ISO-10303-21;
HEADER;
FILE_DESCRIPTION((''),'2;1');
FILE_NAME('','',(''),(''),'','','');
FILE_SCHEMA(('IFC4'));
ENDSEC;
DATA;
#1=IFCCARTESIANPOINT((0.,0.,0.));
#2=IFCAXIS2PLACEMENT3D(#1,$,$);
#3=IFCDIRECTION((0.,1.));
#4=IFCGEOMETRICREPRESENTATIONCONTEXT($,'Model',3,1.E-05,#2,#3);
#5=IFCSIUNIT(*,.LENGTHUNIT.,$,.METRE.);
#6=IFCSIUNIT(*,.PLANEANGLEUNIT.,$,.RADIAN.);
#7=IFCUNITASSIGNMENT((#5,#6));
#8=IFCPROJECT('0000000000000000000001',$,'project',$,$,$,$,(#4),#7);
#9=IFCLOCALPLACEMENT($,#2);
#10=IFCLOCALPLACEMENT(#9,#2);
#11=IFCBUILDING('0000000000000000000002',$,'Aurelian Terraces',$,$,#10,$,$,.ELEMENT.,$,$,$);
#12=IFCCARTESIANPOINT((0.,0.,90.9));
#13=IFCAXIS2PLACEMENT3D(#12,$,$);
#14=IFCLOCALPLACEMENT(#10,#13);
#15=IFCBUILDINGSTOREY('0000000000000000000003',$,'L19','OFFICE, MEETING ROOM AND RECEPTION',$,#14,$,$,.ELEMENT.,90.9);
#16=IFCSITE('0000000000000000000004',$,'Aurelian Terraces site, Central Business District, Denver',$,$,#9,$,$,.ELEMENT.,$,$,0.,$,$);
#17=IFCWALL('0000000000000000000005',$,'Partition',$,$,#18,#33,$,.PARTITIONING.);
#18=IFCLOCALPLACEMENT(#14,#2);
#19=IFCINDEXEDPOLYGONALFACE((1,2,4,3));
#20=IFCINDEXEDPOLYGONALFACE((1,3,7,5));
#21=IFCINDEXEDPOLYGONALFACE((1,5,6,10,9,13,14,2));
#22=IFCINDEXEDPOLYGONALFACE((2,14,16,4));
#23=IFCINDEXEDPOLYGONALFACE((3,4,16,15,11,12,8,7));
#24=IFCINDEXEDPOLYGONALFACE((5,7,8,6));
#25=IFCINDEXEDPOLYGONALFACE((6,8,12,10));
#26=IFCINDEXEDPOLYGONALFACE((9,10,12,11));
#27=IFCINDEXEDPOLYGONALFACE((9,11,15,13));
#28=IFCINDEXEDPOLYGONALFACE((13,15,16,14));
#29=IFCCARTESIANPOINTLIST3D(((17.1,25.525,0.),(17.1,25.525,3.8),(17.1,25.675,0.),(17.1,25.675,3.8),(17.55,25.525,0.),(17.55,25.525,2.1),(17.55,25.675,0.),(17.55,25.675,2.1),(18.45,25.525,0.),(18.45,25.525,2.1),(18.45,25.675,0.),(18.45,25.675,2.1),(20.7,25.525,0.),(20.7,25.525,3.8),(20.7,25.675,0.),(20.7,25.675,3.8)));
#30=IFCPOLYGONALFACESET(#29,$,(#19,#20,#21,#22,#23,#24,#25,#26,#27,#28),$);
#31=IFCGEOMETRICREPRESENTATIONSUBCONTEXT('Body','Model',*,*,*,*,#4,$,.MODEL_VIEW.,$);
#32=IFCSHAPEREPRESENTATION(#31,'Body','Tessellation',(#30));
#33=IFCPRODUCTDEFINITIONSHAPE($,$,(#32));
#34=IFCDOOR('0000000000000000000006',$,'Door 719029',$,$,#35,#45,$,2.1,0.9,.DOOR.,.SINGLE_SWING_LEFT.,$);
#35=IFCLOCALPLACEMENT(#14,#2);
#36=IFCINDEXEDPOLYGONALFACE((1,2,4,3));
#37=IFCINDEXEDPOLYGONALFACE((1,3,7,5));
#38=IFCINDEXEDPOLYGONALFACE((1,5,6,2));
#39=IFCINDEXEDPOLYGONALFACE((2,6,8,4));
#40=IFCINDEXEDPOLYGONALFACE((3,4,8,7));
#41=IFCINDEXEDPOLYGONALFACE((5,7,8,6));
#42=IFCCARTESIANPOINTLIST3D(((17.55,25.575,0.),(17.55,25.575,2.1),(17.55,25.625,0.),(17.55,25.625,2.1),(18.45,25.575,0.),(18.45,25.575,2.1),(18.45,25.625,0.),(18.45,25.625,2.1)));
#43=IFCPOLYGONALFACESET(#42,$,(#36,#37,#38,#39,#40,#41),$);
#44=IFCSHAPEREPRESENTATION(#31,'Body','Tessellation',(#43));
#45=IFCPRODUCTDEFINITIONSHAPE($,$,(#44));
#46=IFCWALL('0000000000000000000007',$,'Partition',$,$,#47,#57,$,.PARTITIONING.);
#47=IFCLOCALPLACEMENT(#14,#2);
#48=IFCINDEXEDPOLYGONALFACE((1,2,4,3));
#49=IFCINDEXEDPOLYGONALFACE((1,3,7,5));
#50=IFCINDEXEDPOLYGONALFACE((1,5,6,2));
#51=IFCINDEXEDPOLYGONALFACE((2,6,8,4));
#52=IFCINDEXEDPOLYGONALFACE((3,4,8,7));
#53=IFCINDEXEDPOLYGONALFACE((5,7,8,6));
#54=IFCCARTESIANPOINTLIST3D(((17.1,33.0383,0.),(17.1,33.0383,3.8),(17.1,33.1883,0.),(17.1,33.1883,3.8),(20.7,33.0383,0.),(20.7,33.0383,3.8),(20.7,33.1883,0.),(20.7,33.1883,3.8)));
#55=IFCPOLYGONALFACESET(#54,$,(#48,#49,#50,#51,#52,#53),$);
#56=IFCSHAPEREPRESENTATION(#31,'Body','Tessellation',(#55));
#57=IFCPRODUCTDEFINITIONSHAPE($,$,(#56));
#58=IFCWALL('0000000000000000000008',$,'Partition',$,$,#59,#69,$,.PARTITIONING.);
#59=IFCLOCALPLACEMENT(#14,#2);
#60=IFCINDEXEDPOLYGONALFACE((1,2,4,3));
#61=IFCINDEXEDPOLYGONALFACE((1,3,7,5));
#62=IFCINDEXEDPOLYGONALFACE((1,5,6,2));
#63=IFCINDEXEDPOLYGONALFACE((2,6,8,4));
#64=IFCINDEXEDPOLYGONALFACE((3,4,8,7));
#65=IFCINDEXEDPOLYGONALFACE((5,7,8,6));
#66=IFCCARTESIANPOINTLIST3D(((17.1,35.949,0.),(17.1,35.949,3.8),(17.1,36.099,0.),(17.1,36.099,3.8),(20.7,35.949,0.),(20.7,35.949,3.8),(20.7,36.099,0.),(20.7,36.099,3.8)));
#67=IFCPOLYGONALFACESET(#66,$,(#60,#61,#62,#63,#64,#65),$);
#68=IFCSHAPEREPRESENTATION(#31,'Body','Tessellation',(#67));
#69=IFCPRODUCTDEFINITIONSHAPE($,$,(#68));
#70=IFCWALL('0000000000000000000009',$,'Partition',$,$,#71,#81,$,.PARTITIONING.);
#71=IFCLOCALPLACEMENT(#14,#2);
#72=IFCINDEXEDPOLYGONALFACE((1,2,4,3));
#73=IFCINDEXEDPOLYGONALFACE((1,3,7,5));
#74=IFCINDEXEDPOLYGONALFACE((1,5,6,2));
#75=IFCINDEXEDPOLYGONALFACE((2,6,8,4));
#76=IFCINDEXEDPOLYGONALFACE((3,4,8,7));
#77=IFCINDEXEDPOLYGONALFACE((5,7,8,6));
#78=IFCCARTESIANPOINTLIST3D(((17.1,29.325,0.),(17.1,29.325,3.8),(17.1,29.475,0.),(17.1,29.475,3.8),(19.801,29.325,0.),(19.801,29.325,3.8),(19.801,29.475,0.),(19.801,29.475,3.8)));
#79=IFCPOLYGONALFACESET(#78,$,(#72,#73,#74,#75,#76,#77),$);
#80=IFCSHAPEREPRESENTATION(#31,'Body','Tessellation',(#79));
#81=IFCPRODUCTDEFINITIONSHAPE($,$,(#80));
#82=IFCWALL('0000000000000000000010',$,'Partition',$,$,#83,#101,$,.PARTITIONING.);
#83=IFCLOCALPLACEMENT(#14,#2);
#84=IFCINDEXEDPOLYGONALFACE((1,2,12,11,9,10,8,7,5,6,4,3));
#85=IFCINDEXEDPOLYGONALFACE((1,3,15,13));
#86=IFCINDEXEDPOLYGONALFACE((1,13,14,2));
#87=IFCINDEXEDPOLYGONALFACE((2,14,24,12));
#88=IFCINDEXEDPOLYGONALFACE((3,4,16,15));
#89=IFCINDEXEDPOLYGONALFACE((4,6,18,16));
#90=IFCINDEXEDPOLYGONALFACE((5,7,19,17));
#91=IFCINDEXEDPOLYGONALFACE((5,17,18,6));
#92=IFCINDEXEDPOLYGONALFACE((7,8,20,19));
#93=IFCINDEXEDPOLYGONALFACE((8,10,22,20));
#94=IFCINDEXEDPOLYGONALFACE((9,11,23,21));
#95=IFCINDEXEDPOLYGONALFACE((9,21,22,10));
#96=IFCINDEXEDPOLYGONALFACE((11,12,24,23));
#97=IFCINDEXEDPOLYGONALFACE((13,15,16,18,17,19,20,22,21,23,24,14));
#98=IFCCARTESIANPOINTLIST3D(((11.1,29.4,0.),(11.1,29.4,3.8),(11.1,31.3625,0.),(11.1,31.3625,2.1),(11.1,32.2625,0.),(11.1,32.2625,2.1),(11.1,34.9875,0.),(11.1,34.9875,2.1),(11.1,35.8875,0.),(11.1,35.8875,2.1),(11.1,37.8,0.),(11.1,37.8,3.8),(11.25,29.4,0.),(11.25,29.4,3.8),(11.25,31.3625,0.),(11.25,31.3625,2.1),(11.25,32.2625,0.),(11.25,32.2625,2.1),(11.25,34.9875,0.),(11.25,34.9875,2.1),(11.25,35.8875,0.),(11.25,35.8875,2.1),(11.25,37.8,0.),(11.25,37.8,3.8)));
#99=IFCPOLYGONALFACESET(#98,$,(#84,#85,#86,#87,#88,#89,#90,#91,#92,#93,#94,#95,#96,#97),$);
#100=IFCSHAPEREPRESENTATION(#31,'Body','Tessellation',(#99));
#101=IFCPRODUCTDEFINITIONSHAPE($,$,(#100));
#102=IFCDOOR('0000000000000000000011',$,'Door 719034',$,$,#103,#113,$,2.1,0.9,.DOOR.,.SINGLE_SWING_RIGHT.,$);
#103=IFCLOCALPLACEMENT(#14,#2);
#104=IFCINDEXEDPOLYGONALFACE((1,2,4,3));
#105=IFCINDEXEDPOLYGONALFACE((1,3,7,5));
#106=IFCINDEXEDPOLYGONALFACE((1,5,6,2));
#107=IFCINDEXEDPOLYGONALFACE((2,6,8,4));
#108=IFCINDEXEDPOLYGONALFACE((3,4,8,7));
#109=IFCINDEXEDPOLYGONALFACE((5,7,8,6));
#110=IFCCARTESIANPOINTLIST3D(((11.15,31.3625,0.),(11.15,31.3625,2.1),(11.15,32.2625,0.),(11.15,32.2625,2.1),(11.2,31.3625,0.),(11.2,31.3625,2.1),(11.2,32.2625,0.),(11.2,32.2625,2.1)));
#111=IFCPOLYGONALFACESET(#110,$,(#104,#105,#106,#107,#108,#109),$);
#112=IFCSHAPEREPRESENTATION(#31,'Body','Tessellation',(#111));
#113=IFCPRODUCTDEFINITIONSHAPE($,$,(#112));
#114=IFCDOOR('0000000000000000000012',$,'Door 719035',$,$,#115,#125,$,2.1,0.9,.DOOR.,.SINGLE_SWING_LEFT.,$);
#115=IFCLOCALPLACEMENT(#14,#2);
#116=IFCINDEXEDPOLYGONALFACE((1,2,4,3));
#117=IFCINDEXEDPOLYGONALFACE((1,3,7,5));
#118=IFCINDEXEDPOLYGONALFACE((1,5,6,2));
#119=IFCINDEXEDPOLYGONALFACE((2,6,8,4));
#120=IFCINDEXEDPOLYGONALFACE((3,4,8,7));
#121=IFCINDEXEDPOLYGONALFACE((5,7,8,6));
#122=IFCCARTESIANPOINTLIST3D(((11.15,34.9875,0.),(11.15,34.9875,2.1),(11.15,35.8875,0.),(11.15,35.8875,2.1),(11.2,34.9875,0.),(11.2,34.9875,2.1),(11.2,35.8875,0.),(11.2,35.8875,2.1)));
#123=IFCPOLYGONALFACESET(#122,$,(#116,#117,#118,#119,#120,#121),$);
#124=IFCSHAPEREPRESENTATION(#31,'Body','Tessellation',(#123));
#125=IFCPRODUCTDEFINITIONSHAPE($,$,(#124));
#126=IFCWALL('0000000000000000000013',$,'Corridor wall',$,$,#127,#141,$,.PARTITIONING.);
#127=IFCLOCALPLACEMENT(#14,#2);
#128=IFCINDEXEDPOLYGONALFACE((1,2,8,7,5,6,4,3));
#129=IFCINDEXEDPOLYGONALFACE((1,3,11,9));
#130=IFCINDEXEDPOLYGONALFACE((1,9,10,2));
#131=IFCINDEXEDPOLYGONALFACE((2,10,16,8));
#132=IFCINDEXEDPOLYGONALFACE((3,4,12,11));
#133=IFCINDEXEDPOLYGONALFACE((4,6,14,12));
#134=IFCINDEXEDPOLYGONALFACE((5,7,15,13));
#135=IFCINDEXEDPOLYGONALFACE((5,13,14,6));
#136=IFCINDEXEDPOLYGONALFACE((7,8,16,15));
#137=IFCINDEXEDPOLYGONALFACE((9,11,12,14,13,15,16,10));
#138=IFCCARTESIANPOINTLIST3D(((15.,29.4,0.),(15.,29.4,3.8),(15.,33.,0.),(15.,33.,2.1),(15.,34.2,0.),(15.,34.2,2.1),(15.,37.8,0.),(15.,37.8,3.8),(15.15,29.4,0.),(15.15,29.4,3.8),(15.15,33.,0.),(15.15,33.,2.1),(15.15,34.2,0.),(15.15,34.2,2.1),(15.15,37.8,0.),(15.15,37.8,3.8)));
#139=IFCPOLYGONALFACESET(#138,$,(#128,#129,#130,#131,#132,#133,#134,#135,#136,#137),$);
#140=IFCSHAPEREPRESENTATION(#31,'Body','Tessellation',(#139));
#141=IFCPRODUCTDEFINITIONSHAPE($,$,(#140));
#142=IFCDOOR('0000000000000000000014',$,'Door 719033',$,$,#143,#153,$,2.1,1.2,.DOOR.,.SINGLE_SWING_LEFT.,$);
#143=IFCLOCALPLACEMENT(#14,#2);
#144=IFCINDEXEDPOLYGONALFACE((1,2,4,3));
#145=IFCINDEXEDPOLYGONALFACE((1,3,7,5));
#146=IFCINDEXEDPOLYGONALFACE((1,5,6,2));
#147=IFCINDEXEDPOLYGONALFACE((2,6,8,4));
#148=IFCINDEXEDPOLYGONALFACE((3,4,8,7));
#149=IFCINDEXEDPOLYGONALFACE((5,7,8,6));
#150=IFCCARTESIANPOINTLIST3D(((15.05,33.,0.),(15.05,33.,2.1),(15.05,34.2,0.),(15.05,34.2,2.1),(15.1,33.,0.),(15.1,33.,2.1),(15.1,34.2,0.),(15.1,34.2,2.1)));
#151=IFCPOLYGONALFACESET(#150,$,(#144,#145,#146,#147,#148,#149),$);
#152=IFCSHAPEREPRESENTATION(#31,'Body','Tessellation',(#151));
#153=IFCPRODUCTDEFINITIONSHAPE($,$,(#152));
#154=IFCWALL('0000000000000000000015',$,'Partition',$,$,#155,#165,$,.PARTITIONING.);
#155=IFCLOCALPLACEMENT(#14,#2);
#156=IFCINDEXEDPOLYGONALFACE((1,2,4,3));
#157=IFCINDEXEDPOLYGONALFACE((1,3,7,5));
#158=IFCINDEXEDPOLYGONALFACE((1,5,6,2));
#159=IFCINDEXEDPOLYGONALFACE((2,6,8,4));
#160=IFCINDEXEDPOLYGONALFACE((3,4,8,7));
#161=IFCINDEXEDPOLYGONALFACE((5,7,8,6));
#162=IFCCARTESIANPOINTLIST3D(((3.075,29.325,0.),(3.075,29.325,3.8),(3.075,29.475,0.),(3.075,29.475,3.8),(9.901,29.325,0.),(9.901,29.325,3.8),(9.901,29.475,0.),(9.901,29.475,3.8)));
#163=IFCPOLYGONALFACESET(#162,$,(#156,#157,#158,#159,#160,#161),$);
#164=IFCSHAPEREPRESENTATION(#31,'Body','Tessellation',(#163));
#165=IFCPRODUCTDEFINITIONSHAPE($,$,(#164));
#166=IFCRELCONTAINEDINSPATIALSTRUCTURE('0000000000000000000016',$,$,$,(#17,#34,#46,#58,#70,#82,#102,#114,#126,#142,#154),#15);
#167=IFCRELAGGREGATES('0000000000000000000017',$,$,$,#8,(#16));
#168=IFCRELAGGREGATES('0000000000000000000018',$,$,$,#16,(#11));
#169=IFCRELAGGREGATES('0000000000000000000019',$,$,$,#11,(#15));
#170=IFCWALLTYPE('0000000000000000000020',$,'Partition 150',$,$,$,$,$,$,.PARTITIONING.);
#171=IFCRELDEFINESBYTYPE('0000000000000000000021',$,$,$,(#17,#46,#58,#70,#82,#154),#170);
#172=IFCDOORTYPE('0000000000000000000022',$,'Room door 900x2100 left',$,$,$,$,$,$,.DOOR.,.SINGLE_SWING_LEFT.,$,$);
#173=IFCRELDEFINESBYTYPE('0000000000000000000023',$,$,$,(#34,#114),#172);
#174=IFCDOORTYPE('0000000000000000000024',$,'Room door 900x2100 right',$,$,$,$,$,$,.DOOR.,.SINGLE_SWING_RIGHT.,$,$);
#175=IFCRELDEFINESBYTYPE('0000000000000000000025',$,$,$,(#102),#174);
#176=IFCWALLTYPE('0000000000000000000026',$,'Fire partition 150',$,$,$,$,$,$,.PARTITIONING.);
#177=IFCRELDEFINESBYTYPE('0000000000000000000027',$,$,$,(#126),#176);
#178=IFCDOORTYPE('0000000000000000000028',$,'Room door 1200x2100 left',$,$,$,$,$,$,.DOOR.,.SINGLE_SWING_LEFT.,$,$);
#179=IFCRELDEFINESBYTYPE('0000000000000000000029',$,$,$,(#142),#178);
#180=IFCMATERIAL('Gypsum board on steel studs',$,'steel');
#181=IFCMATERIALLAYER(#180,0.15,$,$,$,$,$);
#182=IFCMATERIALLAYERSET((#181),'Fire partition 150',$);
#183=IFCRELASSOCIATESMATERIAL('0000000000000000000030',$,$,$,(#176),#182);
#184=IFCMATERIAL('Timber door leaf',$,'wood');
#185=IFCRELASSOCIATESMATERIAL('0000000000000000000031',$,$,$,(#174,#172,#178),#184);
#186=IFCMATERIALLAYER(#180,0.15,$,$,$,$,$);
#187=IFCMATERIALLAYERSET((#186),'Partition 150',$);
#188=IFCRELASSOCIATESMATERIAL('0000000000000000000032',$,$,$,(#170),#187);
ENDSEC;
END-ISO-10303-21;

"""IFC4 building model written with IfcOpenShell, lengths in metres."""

from ifc_helpers import new_model, si_unit, direction, frame, frame_2d, origin, place, context, subcontext, project, spatial, rectangle, extrude, source, transform, mapped, material, layer, layer_set, type_object, element, fill, save


model = new_model("IFC4")

# Units and contexts
model_context = context("Model", 3, precision=1e-05, world=origin(), true_north=direction((0.0, 1.0)))
body_context = subcontext(model_context, "Body", "Model", "MODEL_VIEW")
ifc_project = project(units=[si_unit("LENGTHUNIT", "METRE"), si_unit("PLANEANGLEUNIT", "RADIAN")], contexts=[model_context])

# Site, building, storey
site_placement = place(None, origin())
site = spatial("IfcSite", under=ifc_project, at=site_placement, Name="Aurelian Terraces site, Central Business District, Denver", CompositionType="ELEMENT", RefElevation=0.0)
building_placement = place(site_placement, origin())
building = spatial("IfcBuilding", under=site, at=building_placement, Name="Aurelian Terraces", CompositionType="ELEMENT")
storey_placement = place(building_placement, frame((0.0, 0.0, 90.9)))
storey = spatial("IfcBuildingStorey", under=building, at=storey_placement, Name="L19", Description="OFFICE, MEETING ROOM AND RECEPTION", CompositionType="ELEMENT", Elevation=90.9)

# Shared definitions
ifc_material_1 = material(Name="Gypsum board on steel studs", Category="steel")
shared_shape_1 = source(origin(), body_context, "Body", "SweptSolid", [
    extrude(rectangle(XDim=0.9, YDim=2.1, at=frame_2d((0.45, 1.05))), frame((0.0, 0.025, 0.0), z_axis=(0.0, -1.0, 0.0), x_axis=(1.0, 0.0, 0.0)), (0.0, 0.0, 1.0), 0.05),
])
shared_shape_2 = source(origin(), body_context, "Body", "SweptSolid", [
    extrude(rectangle(XDim=1.2, YDim=2.1, at=frame_2d((0.6, 1.05))), frame((0.0, 0.025, 0.0), z_axis=(0.0, -1.0, 0.0), x_axis=(1.0, 0.0, 0.0)), (0.0, 0.0, 1.0), 0.05),
])

# Shared definitions
ifc_layer_1 = layer(ifc_material_1, 0.15)
ifc_layer_set_1 = layer_set([ifc_layer_1], Name="Fire partition 150")
wall_type_1 = type_object("IfcWallType", Name="Fire partition 150", PredefinedType="PARTITIONING", material=ifc_layer_set_1)
shared_shape_3 = source(origin(), body_context, "Body", "SweptSolid", [
    extrude(rectangle(XDim=0.9, YDim=2.1, at=frame_2d((0.45, 1.05))), frame((0.0, 0.085, 0.0), z_axis=(0.0, -1.0, 0.0), x_axis=(1.0, 0.0, 0.0)), (0.0, 0.0, 1.0), 0.17),
])
ifc_material_2 = material(Name="Timber door leaf", Category="wood")
door_type_1 = type_object("IfcDoorType", Name="Room door 900x2100 right", OperationType="SINGLE_SWING_RIGHT", PredefinedType="DOOR", material=ifc_material_2)

# Shared definitions
ifc_layer_2 = layer(ifc_material_1, 0.15)
ifc_layer_set_2 = layer_set([ifc_layer_2], Name="Partition 150")
wall_type_2 = type_object("IfcWallType", Name="Partition 150", PredefinedType="PARTITIONING", material=ifc_layer_set_2)

# Wall, opening, door
shared_shape_4 = source(origin(), body_context, "Body", "SweptSolid", [
    extrude(rectangle(XDim=3.6, YDim=0.15, at=frame_2d((1.8, 0.0))), origin(), (0.0, 0.0, 1.0), 3.8),
])
wall_1_placement = place(storey_placement, frame((17.1, 25.6, 0.0), z_axis=(0.0, 0.0, 1.0), x_axis=(1.0, 0.0, 0.0)))
wall_1 = element("IfcWall", 1, at=wall_1_placement, inside=storey, type_object=wall_type_2, Name="Partition", PredefinedType="PARTITIONING", context=body_context, shape_type="MappedRepresentation", body=[
    mapped(shared_shape_4, transform((0.0, 0.0, 0.0), scale=1.0)),
])
opening_1_placement = place(wall_1_placement, frame((0.45, 0.0, 0.0)))
opening_1 = element("IfcOpeningElement", 2, at=opening_1_placement, cuts=wall_1, PredefinedType="OPENING", context=body_context, shape_type="MappedRepresentation", body=[
    mapped(shared_shape_3, transform((0.0, 0.0, 0.0), scale=1.0)),
])
door_type_2 = type_object("IfcDoorType", Name="Room door 900x2100 left", OperationType="SINGLE_SWING_LEFT", PredefinedType="DOOR", material=ifc_material_2)
door_1_placement = place(opening_1_placement, origin())
door_1 = element("IfcDoor", 3, at=door_1_placement, inside=storey, type_object=door_type_2, Name="Door 719029", OperationType="SINGLE_SWING_LEFT", OverallHeight=2.1, OverallWidth=0.9, PredefinedType="DOOR", context=body_context, shape_type="MappedRepresentation", body=[
    mapped(shared_shape_1, transform((0.0, 0.0, 0.0), scale=1.0)),
])
fill(opening_1, door_1)

# Walls
for number, where, z_axis, x_axis, name in (
    (4, (17.1, 33.1133, 0.0), (0.0, 0.0, 1.0), (1.0, 0.0, 0.0), "Partition"),
    (5, (17.1, 36.024, 0.0), (0.0, 0.0, 1.0), (1.0, 0.0, 0.0), "Partition"),
):
    element("IfcWall", number, at=place(storey_placement, frame(where, z_axis=z_axis, x_axis=x_axis)), inside=storey, type_object=wall_type_2, Name=name, PredefinedType="PARTITIONING", context=body_context, shape_type="MappedRepresentation", body=[
        mapped(shared_shape_4, transform((0.0, 0.0, 0.0), scale=1.0)),
    ])
shared_shape_5 = source(origin(), body_context, "Body", "SweptSolid", [
    extrude(rectangle(XDim=2.701, YDim=0.15, at=frame_2d((1.3505, 0.0))), origin(), (0.0, 0.0, 1.0), 3.8),
])
wall_2_placement = place(storey_placement, frame((19.801, 29.4, 0.0), z_axis=(0.0, 0.0, 1.0), x_axis=(-1.0, 0.0, 0.0)))
element("IfcWall", 6, at=wall_2_placement, inside=storey, type_object=wall_type_2, Name="Partition", PredefinedType="PARTITIONING", context=body_context, shape_type="MappedRepresentation", body=[
    mapped(shared_shape_5, transform((0.0, 0.0, 0.0), scale=1.0)),
])

# Wall, openings, doors
shared_shape_6 = source(origin(), body_context, "Body", "SweptSolid", [
    extrude(rectangle(XDim=8.4, YDim=0.15, at=frame_2d((4.2, 0.0))), origin(), (0.0, 0.0, 1.0), 3.8),
])
wall_3_placement = place(storey_placement, frame((11.175, 29.4, 0.0), z_axis=(0.0, 0.0, 1.0), x_axis=(0.0, 1.0, 0.0)))
wall_3 = element("IfcWall", 7, at=wall_3_placement, inside=storey, type_object=wall_type_2, Name="Partition", PredefinedType="PARTITIONING", context=body_context, shape_type="MappedRepresentation", body=[
    mapped(shared_shape_6, transform((0.0, 0.0, 0.0), scale=1.0)),
])
opening_2_placement = place(wall_3_placement, frame((1.9625, 0.0, 0.0)))
opening_2 = element("IfcOpeningElement", 8, at=opening_2_placement, cuts=wall_3, PredefinedType="OPENING", context=body_context, shape_type="MappedRepresentation", body=[
    mapped(shared_shape_3, transform((0.0, 0.0, 0.0), scale=1.0)),
])
opening_3_placement = place(wall_3_placement, frame((5.5875, 0.0, 0.0)))
opening_3 = element("IfcOpeningElement", 9, at=opening_3_placement, cuts=wall_3, PredefinedType="OPENING", context=body_context, shape_type="MappedRepresentation", body=[
    mapped(shared_shape_3, transform((0.0, 0.0, 0.0), scale=1.0)),
])
door_2_placement = place(opening_2_placement, origin())
door_2 = element("IfcDoor", 10, at=door_2_placement, inside=storey, type_object=door_type_1, Name="Door 719034", OperationType="SINGLE_SWING_RIGHT", OverallHeight=2.1, OverallWidth=0.9, PredefinedType="DOOR", context=body_context, shape_type="MappedRepresentation", body=[
    mapped(shared_shape_1, transform((0.0, 0.0, 0.0), scale=1.0)),
])
fill(opening_2, door_2)
door_3_placement = place(opening_3_placement, origin())
door_3 = element("IfcDoor", 11, at=door_3_placement, inside=storey, type_object=door_type_2, Name="Door 719035", OperationType="SINGLE_SWING_LEFT", OverallHeight=2.1, OverallWidth=0.9, PredefinedType="DOOR", context=body_context, shape_type="MappedRepresentation", body=[
    mapped(shared_shape_1, transform((0.0, 0.0, 0.0), scale=1.0)),
])
fill(opening_3, door_3)

# Wall, opening, door
wall_4_placement = place(storey_placement, frame((15.075, 29.4, 0.0), z_axis=(0.0, 0.0, 1.0), x_axis=(0.0, 1.0, 0.0)))
wall_4 = element("IfcWall", 12, at=wall_4_placement, inside=storey, type_object=wall_type_1, Name="Corridor wall", PredefinedType="PARTITIONING", context=body_context, shape_type="MappedRepresentation", body=[
    mapped(shared_shape_6, transform((0.0, 0.0, 0.0), scale=1.0)),
])
shared_shape_7 = source(origin(), body_context, "Body", "SweptSolid", [
    extrude(rectangle(XDim=1.2, YDim=2.1, at=frame_2d((0.6, 1.05))), frame((0.0, 0.085, 0.0), z_axis=(0.0, -1.0, 0.0), x_axis=(1.0, 0.0, 0.0)), (0.0, 0.0, 1.0), 0.17),
])
opening_4_placement = place(wall_4_placement, frame((3.6, 0.0, 0.0)))
opening_4 = element("IfcOpeningElement", 13, at=opening_4_placement, cuts=wall_4, PredefinedType="OPENING", context=body_context, shape_type="MappedRepresentation", body=[
    mapped(shared_shape_7, transform((0.0, 0.0, 0.0), scale=1.0)),
])
door_type_3 = type_object("IfcDoorType", Name="Room door 1200x2100 left", OperationType="SINGLE_SWING_LEFT", PredefinedType="DOOR", material=ifc_material_2)
door_4_placement = place(opening_4_placement, origin())
door_4 = element("IfcDoor", 14, at=door_4_placement, inside=storey, type_object=door_type_3, Name="Door 719033", OperationType="SINGLE_SWING_LEFT", OverallHeight=2.1, OverallWidth=1.2, PredefinedType="DOOR", context=body_context, shape_type="MappedRepresentation", body=[
    mapped(shared_shape_2, transform((0.0, 0.0, 0.0), scale=1.0)),
])
fill(opening_4, door_4)

# Wall
shared_shape_8 = source(origin(), body_context, "Body", "SweptSolid", [
    extrude(rectangle(XDim=6.826, YDim=0.15, at=frame_2d((3.413, 0.0))), origin(), (0.0, 0.0, 1.0), 3.8),
])
wall_5_placement = place(storey_placement, frame((9.901, 29.4, 0.0), z_axis=(0.0, 0.0, 1.0), x_axis=(-1.0, 0.0, 0.0)))
element("IfcWall", 15, at=wall_5_placement, inside=storey, type_object=wall_type_2, Name="Partition", PredefinedType="PARTITIONING", context=body_context, shape_type="MappedRepresentation", body=[
    mapped(shared_shape_8, transform((0.0, 0.0, 0.0), scale=1.0)),
])

save(model, "model.ifc")
